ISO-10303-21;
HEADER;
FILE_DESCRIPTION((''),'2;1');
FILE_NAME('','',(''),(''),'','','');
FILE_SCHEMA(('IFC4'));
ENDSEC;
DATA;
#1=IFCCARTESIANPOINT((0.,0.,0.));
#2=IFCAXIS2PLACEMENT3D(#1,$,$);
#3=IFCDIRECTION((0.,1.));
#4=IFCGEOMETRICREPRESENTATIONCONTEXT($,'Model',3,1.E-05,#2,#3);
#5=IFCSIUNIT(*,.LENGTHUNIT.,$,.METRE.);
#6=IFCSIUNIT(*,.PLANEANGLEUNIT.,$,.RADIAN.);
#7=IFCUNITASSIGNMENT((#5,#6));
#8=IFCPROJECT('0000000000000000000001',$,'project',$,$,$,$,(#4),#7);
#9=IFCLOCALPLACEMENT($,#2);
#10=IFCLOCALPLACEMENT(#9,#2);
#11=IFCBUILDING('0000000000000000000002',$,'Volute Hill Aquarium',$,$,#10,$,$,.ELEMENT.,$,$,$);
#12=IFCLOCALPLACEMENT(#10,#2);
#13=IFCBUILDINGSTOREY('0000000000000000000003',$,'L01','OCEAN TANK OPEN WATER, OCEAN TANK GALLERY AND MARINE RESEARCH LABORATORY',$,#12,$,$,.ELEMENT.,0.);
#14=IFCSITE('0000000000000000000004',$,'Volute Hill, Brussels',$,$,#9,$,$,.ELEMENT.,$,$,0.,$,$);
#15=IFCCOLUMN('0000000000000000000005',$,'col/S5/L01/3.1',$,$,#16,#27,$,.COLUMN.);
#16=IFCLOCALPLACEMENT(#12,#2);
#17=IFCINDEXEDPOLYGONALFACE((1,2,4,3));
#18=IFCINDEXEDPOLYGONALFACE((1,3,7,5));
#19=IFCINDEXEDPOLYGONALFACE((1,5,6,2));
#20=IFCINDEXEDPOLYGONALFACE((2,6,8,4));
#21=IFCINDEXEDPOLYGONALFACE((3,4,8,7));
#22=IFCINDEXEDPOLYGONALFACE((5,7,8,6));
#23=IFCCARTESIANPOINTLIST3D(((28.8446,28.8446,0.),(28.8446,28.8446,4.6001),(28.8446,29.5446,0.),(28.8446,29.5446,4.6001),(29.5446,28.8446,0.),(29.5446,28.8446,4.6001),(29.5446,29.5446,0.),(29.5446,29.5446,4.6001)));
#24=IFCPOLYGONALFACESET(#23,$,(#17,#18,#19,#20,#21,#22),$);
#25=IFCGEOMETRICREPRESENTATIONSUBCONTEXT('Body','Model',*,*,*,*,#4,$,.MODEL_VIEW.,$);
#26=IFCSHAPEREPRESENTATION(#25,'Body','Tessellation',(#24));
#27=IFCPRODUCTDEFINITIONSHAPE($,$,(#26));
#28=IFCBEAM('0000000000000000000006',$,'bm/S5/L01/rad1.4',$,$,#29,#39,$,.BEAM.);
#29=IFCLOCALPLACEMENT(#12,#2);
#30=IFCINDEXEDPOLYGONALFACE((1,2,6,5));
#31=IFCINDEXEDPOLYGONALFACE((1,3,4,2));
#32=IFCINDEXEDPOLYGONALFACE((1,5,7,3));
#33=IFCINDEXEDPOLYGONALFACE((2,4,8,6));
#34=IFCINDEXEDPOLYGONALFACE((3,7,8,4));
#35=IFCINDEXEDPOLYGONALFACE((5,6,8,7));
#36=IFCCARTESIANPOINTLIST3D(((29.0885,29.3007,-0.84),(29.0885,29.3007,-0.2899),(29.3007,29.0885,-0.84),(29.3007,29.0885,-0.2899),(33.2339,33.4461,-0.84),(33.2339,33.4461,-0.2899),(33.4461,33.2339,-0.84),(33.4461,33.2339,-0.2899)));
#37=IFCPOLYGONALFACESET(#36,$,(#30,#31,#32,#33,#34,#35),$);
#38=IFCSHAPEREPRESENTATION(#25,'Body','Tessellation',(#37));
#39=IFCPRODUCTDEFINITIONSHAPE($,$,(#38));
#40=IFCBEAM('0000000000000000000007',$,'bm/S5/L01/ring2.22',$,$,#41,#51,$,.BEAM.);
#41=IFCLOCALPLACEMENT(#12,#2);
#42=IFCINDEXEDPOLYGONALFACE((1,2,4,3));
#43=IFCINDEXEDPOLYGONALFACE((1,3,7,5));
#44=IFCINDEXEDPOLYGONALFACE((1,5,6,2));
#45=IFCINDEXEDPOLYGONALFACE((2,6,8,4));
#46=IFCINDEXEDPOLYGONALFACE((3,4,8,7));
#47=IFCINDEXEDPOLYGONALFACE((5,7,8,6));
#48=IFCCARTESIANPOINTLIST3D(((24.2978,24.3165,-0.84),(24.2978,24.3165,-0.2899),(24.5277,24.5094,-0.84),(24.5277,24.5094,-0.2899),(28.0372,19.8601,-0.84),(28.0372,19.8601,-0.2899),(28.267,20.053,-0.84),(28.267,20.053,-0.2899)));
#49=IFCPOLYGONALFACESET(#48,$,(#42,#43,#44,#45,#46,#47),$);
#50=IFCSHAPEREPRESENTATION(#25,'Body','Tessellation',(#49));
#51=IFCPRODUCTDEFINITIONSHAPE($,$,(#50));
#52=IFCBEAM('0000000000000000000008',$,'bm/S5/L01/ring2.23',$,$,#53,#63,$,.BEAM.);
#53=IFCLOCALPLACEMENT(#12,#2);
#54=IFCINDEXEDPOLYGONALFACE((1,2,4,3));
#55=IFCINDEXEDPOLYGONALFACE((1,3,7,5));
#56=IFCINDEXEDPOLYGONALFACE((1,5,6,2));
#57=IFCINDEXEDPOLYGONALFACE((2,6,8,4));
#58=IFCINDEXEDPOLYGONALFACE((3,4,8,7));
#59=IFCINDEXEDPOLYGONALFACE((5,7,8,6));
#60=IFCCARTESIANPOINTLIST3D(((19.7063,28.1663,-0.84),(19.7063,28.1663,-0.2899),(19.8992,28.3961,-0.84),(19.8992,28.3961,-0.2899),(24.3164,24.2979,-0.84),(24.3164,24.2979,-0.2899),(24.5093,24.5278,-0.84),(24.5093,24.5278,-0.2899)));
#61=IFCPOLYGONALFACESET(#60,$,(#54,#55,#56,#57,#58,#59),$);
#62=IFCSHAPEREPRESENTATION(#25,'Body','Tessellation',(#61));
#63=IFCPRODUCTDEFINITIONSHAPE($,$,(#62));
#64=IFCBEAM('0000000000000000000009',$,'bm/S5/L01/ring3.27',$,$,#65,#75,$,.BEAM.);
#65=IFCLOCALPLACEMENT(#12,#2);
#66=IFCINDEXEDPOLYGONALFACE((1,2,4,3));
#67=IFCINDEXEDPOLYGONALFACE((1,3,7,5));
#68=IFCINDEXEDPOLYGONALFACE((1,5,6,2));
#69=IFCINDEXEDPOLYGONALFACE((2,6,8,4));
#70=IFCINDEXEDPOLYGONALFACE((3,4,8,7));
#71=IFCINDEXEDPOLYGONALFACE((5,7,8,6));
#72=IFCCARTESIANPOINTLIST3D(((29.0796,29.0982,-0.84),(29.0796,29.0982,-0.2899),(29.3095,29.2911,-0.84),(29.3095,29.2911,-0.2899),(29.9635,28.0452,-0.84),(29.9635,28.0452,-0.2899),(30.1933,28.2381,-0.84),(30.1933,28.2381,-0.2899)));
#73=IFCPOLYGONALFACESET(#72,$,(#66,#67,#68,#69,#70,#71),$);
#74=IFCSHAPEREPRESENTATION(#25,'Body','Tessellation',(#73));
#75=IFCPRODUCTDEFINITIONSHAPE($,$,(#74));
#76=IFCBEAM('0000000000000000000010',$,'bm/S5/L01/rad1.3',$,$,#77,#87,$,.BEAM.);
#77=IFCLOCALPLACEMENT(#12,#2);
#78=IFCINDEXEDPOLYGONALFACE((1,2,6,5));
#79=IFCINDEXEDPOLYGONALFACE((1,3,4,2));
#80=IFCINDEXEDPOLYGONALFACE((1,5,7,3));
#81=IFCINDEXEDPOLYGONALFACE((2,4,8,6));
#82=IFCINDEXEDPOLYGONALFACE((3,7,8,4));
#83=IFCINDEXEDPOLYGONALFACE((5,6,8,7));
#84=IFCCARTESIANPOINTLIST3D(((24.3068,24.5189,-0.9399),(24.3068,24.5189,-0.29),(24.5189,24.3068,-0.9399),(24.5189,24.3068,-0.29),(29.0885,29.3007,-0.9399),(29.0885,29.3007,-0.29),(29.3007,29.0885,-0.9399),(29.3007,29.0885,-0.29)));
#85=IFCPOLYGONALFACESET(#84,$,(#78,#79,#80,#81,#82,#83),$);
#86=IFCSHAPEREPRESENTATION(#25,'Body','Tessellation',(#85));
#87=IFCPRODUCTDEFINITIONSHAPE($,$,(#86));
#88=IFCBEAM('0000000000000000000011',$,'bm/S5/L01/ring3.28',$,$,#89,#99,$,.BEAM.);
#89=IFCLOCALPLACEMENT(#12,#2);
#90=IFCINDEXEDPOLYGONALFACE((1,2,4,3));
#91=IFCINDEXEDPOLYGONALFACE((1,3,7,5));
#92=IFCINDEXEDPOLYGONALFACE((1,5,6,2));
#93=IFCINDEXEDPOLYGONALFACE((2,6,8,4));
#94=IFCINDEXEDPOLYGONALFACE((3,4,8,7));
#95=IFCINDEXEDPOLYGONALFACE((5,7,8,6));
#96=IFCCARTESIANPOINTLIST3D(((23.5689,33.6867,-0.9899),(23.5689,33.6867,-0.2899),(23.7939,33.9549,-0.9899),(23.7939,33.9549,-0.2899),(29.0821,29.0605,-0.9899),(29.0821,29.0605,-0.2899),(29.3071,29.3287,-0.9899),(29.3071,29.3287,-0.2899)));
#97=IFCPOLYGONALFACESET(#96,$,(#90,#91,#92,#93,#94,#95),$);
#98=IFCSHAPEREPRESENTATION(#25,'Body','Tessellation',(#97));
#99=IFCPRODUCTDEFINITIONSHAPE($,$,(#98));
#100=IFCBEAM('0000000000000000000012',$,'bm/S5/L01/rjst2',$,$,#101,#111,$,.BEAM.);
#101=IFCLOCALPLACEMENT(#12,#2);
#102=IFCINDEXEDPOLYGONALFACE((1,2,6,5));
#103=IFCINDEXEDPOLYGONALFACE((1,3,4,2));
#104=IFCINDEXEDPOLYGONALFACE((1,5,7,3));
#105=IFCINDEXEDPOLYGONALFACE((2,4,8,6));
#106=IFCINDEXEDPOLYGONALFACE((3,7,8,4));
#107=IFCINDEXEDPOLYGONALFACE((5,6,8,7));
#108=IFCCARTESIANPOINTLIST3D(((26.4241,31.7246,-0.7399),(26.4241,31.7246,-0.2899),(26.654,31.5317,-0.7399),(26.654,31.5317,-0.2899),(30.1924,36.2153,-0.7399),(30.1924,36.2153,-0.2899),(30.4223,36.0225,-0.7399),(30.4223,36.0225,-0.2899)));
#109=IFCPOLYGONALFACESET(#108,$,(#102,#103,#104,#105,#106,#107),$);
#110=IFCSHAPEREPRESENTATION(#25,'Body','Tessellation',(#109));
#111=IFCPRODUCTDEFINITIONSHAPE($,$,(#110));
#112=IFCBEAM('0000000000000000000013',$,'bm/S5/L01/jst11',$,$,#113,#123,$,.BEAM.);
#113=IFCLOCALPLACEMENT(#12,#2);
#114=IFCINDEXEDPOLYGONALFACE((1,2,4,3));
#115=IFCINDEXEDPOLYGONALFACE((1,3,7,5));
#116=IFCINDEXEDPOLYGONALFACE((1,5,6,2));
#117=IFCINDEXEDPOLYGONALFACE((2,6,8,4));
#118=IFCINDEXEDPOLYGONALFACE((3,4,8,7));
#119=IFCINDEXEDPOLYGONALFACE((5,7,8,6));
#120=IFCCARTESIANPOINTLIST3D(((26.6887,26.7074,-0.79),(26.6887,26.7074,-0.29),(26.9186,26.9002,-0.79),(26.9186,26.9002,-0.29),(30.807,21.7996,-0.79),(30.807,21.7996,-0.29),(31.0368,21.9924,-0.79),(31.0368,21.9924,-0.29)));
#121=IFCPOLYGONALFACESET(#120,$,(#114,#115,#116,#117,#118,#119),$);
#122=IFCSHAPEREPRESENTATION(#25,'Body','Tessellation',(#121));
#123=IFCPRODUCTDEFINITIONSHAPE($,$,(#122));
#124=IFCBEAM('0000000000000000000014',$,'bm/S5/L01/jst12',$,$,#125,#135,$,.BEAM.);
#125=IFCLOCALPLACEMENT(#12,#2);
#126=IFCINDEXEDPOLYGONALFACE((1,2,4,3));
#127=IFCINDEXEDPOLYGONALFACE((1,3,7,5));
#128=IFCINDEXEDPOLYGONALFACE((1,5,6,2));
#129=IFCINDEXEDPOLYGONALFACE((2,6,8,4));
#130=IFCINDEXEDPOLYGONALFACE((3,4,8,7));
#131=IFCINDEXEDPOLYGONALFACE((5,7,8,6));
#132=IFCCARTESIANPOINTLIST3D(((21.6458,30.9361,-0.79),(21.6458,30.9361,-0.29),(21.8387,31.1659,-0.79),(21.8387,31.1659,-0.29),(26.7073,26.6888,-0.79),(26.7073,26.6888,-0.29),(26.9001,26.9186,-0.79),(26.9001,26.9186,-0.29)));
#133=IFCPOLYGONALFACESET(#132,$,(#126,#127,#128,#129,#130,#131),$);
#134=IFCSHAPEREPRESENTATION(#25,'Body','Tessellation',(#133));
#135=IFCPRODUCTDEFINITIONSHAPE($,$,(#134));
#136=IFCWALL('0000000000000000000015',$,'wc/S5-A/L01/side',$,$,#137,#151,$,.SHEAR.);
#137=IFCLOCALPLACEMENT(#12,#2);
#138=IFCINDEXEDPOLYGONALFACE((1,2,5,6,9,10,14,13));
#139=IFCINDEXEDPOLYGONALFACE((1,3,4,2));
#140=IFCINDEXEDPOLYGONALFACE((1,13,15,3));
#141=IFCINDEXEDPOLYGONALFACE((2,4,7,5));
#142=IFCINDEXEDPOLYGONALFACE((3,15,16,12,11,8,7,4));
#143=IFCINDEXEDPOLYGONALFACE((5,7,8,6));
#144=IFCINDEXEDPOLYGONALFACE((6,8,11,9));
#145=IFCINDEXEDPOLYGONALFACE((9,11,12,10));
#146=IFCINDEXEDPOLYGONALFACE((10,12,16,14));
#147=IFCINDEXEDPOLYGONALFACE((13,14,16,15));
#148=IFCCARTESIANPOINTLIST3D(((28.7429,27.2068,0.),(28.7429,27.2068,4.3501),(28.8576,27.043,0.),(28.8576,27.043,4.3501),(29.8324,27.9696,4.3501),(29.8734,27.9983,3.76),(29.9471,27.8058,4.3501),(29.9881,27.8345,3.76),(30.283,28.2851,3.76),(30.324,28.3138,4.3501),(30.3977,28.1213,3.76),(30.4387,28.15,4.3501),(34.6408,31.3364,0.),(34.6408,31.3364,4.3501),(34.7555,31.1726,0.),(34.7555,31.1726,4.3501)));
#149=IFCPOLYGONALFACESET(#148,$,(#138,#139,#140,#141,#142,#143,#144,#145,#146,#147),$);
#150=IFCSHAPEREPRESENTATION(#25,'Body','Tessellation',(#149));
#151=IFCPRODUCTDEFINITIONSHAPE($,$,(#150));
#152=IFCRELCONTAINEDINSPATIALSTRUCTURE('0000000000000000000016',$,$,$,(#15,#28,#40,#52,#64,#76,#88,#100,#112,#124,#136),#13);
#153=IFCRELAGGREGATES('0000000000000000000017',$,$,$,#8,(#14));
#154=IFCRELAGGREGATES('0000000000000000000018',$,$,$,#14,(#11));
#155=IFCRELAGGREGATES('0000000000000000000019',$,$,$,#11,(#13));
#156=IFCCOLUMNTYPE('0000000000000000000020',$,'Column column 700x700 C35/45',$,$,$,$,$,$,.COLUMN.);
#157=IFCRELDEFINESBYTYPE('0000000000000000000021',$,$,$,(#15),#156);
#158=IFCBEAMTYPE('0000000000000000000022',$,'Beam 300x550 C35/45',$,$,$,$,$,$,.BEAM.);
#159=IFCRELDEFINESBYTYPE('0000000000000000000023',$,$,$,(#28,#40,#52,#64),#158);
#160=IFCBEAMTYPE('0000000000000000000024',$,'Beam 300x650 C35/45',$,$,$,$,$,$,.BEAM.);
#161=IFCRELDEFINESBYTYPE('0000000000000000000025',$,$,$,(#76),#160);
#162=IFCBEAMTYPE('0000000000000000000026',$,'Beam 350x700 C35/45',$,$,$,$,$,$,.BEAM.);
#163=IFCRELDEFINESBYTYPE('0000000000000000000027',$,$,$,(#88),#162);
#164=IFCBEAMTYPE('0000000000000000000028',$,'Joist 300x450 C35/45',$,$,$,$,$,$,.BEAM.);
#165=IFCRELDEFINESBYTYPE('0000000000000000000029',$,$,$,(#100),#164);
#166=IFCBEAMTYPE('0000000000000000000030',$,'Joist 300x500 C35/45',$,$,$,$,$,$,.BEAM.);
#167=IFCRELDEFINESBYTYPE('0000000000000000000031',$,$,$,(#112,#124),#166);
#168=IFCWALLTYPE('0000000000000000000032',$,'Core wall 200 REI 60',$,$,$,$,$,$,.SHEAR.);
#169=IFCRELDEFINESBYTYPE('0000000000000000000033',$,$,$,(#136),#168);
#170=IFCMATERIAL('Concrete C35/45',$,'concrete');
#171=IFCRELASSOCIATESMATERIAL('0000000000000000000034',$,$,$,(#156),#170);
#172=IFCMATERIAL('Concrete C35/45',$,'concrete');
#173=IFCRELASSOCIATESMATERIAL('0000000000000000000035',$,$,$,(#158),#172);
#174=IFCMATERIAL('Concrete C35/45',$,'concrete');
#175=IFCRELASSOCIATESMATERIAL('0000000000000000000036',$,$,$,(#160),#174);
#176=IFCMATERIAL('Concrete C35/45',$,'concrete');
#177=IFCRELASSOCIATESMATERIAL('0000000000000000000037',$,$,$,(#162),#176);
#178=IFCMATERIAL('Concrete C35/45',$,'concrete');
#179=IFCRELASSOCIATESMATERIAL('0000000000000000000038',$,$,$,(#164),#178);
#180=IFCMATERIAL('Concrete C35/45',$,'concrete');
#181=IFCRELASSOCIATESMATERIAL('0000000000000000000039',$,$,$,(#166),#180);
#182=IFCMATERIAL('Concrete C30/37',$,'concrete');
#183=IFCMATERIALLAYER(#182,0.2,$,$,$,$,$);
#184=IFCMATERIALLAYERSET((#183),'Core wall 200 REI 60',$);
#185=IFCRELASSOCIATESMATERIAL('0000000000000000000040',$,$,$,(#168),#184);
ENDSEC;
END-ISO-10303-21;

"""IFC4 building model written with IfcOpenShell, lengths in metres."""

from ifc_helpers import new_model, si_unit, direction, frame, origin, origin_2d, place, context, subcontext, project, spatial, polyline, rectangle, outline, extrude, material, layer, layer_set, material_profile, profile_set, type_object, element, save


model = new_model("IFC4")

# Units and contexts
model_context = context("Model", 3, precision=1e-05, world=origin(), true_north=direction((0.0, 1.0)))
body_context = subcontext(model_context, "Body", "Model", "MODEL_VIEW")
ifc_project = project(units=[si_unit("LENGTHUNIT", "METRE"), si_unit("PLANEANGLEUNIT", "RADIAN")], contexts=[model_context])

# Site, building, storey
site_placement = place(None, origin())
site = spatial("IfcSite", under=ifc_project, at=site_placement, Name="Volute Hill, Brussels", CompositionType="ELEMENT", RefElevation=0.0)
building_placement = place(site_placement, origin())
building = spatial("IfcBuilding", under=site, at=building_placement, Name="Volute Hill Aquarium", CompositionType="ELEMENT")
storey_placement = place(building_placement, origin())
storey = spatial("IfcBuildingStorey", under=building, at=storey_placement, Name="L01", Description="OCEAN TANK OPEN WATER, OCEAN TANK GALLERY AND MARINE RESEARCH LABORATORY", CompositionType="ELEMENT", Elevation=0.0)

# Column
ifc_material_1 = material(Name="Concrete C35/45", Category="concrete")
ifc_material_profile_1 = material_profile(ifc_material_1, rectangle(XDim=0.7, YDim=0.7, at=origin_2d()), Name="RC column 700x700")
ifc_profile_set_1 = profile_set([ifc_material_profile_1], Name="Concrete C35/45")
column_type = type_object("IfcColumnType", Name="Column column 700x700 C35/45", PredefinedType="COLUMN", material=ifc_profile_set_1)
column_placement = place(storey_placement, frame((29.1946, 29.1946, 0.0), z_axis=(0.0, 0.0, 1.0), x_axis=(1.0, 0.0, 0.0)))
element("IfcColumn", 1, at=column_placement, inside=storey, type_object=column_type, Name="col/S5/L01/3.1", PredefinedType="COLUMN", context=body_context, shape_type="SweptSolid", body=[
    extrude(rectangle(XDim=0.7, YDim=0.7, at=origin_2d()), origin(), (0.0, 0.0, 1.0), 4.6001),
])

# Beams
ifc_material_2 = material(Name="Concrete C35/45", Category="concrete")
ifc_material_profile_2 = material_profile(ifc_material_2, rectangle(XDim=0.3, YDim=0.55, at=origin_2d()), Name="RC beam 300x550")
ifc_profile_set_2 = profile_set([ifc_material_profile_2], Name="Concrete C35/45")
beam_type_1 = type_object("IfcBeamType", Name="Beam 300x550 C35/45", PredefinedType="BEAM", material=ifc_profile_set_2)
beam_1_placement = place(storey_placement, frame((29.1946, 29.1946, -0.5649), z_axis=(0.707107, 0.707107, 0.0), x_axis=(-0.707107, 0.707107, 0.0)))
element("IfcBeam", 2, at=beam_1_placement, inside=storey, type_object=beam_type_1, Name="bm/S5/L01/rad1.4", PredefinedType="BEAM", context=body_context, shape_type="SweptSolid", body=[
    extrude(rectangle(XDim=0.3, YDim=0.55, at=origin_2d()), origin(), (0.0, 0.0, 1.0), 5.8625),
])
beam_2_placement = place(storey_placement, frame((28.1521, 19.9565, -0.5649), z_axis=(-0.642786, 0.766046, 0.0), x_axis=(-0.766046, -0.642786, 0.0)))
element("IfcBeam", 3, at=beam_2_placement, inside=storey, type_object=beam_type_1, Name="bm/S5/L01/ring2.22", PredefinedType="BEAM", context=body_context, shape_type="SweptSolid", body=[
    extrude(rectangle(XDim=0.3, YDim=0.55, at=origin_2d()), origin(), (0.0, 0.0, 1.0), 5.8174),
])
beam_3_placement = place(storey_placement, frame((24.4128, 24.4128, -0.5649), z_axis=(-0.766039, 0.642794, 0.0), x_axis=(-0.642794, -0.766039, 0.0)))
element("IfcBeam", 4, at=beam_3_placement, inside=storey, type_object=beam_type_1, Name="bm/S5/L01/ring2.23", PredefinedType="BEAM", context=body_context, shape_type="SweptSolid", body=[
    extrude(rectangle(XDim=0.3, YDim=0.55, at=origin_2d()), origin(), (0.0, 0.0, 1.0), 6.0181),
])
beam_4_placement = place(storey_placement, frame((30.0784, 28.1416, -0.5649), z_axis=(-0.642888, 0.76596, 0.0), x_axis=(-0.76596, -0.642888, 0.0)))
element("IfcBeam", 5, at=beam_4_placement, inside=storey, type_object=beam_type_1, Name="bm/S5/L01/ring3.27", PredefinedType="BEAM", context=body_context, shape_type="SweptSolid", body=[
    extrude(rectangle(XDim=0.3, YDim=0.55, at=origin_2d()), origin(), (0.0, 0.0, 1.0), 1.3748),
])
ifc_material_3 = material(Name="Concrete C35/45", Category="concrete")
ifc_material_profile_3 = material_profile(ifc_material_3, rectangle(XDim=0.3, YDim=0.6499, at=origin_2d()), Name="RC beam 300x650")
ifc_profile_set_3 = profile_set([ifc_material_profile_3], Name="Concrete C35/45")
beam_type_2 = type_object("IfcBeamType", Name="Beam 300x650 C35/45", PredefinedType="BEAM", material=ifc_profile_set_3)
beam_5_placement = place(storey_placement, frame((24.4128, 24.4128, -0.615), z_axis=(0.707107, 0.707107, 0.0), x_axis=(-0.707107, 0.707107, 0.0)))
element("IfcBeam", 6, at=beam_5_placement, inside=storey, type_object=beam_type_2, Name="bm/S5/L01/rad1.3", PredefinedType="BEAM", context=body_context, shape_type="SweptSolid", body=[
    extrude(rectangle(XDim=0.3, YDim=0.6499, at=origin_2d()), origin(), (0.0, 0.0, 1.0), 6.7625),
])
ifc_material_4 = material(Name="Concrete C35/45", Category="concrete")
ifc_material_profile_4 = material_profile(ifc_material_4, rectangle(XDim=0.3501, YDim=0.7, at=origin_2d()), Name="RC beam 350x700")
ifc_profile_set_4 = profile_set([ifc_material_profile_4], Name="Concrete C35/45")
beam_type_3 = type_object("IfcBeamType", Name="Beam 350x700 C35/45", PredefinedType="BEAM", material=ifc_profile_set_4)
beam_6_placement = place(storey_placement, frame((29.1946, 29.1946, -0.6399), z_axis=(-0.766037, 0.642797, 0.0), x_axis=(-0.642797, -0.766037, 0.0)))
element("IfcBeam", 7, at=beam_6_placement, inside=storey, type_object=beam_type_3, Name="bm/S5/L01/ring3.28", PredefinedType="BEAM", context=body_context, shape_type="SweptSolid", body=[
    extrude(rectangle(XDim=0.3501, YDim=0.7, at=origin_2d()), origin(), (0.0, 0.0, 1.0), 7.197),
])
ifc_material_5 = material(Name="Concrete C35/45", Category="concrete")
ifc_material_profile_5 = material_profile(ifc_material_5, rectangle(XDim=0.3, YDim=0.45, at=origin_2d()), Name="RC joist 300x450")
ifc_profile_set_5 = profile_set([ifc_material_profile_5], Name="Concrete C35/45")
beam_type_4 = type_object("IfcBeamType", Name="Joist 300x450 C35/45", PredefinedType="BEAM", material=ifc_profile_set_5)
beam_7_placement = place(storey_placement, frame((26.5391, 31.6282, -0.5149), z_axis=(0.642802, 0.766032, 0.0), x_axis=(-0.766032, 0.642802, 0.0)))
element("IfcBeam", 8, at=beam_7_placement, inside=storey, type_object=beam_type_4, Name="bm/S5/L01/rjst2", PredefinedType="BEAM", context=body_context, shape_type="SweptSolid", body=[
    extrude(rectangle(XDim=0.3, YDim=0.45, at=origin_2d()), origin(), (0.0, 0.0, 1.0), 5.8623),
])
ifc_material_6 = material(Name="Concrete C35/45", Category="concrete")
ifc_material_profile_6 = material_profile(ifc_material_6, rectangle(XDim=0.3, YDim=0.5, at=origin_2d()), Name="RC joist 300x500")
ifc_profile_set_6 = profile_set([ifc_material_profile_6], Name="Concrete C35/45")
beam_type_5 = type_object("IfcBeamType", Name="Joist 300x500 C35/45", PredefinedType="BEAM", material=ifc_profile_set_6)
beam_8_placement = place(storey_placement, frame((30.9219, 21.896, -0.54), z_axis=(-0.642797, 0.766037, 0.0), x_axis=(-0.766037, -0.642797, 0.0)))
element("IfcBeam", 9, at=beam_8_placement, inside=storey, type_object=beam_type_5, Name="bm/S5/L01/jst11", PredefinedType="BEAM", context=body_context, shape_type="SweptSolid", body=[
    extrude(rectangle(XDim=0.3, YDim=0.5, at=origin_2d()), origin(), (0.0, 0.0, 1.0), 6.4067),
])
beam_9_placement = place(storey_placement, frame((26.8037, 26.8037, -0.54), z_axis=(-0.76603, 0.642805, 0.0), x_axis=(-0.642805, -0.76603, 0.0)))
element("IfcBeam", 10, at=beam_9_placement, inside=storey, type_object=beam_type_5, Name="bm/S5/L01/jst12", PredefinedType="BEAM", context=body_context, shape_type="SweptSolid", body=[
    extrude(rectangle(XDim=0.3, YDim=0.5, at=origin_2d()), origin(), (0.0, 0.0, 1.0), 6.6074),
])

# Wall
ifc_material_7 = material(Name="Concrete C30/37", Category="concrete")
ifc_layer_1 = layer(ifc_material_7, 0.2)
ifc_layer_set_1 = layer_set([ifc_layer_1], Name="Core wall 200 REI 60")
wall_type_1 = type_object("IfcWallType", Name="Core wall 200 REI 60", PredefinedType="SHEAR", material=ifc_layer_set_1)
wall_1_placement = place(storey_placement, frame((28.8003, 27.1248, 0.0), z_axis=(0.0, 0.0, 1.0), x_axis=(0.819162, 0.573562, 0.0)))
element("IfcWall", 11, at=wall_1_placement, inside=storey, type_object=wall_type_1, Name="wc/S5-A/L01/side", PredefinedType="SHEAR", context=body_context, shape_type="SweptSolid", body=[
    extrude(outline(polyline([(0.0, 0.0), (7.2, 0.0), (7.2, 4.3501), (1.9302, 4.3501), (1.8801, 3.76), (1.3801, 3.76), (1.3301, 4.3501), (0.0, 4.3501), (0.0, 0.0)])), frame((0.0, 0.1001, 0.0), z_axis=(0.0, -1.0, 0.0), x_axis=(1.0, 0.0, 0.0)), (0.0, 0.0, 1.0), 0.2),
])

save(model, "model.ifc")
